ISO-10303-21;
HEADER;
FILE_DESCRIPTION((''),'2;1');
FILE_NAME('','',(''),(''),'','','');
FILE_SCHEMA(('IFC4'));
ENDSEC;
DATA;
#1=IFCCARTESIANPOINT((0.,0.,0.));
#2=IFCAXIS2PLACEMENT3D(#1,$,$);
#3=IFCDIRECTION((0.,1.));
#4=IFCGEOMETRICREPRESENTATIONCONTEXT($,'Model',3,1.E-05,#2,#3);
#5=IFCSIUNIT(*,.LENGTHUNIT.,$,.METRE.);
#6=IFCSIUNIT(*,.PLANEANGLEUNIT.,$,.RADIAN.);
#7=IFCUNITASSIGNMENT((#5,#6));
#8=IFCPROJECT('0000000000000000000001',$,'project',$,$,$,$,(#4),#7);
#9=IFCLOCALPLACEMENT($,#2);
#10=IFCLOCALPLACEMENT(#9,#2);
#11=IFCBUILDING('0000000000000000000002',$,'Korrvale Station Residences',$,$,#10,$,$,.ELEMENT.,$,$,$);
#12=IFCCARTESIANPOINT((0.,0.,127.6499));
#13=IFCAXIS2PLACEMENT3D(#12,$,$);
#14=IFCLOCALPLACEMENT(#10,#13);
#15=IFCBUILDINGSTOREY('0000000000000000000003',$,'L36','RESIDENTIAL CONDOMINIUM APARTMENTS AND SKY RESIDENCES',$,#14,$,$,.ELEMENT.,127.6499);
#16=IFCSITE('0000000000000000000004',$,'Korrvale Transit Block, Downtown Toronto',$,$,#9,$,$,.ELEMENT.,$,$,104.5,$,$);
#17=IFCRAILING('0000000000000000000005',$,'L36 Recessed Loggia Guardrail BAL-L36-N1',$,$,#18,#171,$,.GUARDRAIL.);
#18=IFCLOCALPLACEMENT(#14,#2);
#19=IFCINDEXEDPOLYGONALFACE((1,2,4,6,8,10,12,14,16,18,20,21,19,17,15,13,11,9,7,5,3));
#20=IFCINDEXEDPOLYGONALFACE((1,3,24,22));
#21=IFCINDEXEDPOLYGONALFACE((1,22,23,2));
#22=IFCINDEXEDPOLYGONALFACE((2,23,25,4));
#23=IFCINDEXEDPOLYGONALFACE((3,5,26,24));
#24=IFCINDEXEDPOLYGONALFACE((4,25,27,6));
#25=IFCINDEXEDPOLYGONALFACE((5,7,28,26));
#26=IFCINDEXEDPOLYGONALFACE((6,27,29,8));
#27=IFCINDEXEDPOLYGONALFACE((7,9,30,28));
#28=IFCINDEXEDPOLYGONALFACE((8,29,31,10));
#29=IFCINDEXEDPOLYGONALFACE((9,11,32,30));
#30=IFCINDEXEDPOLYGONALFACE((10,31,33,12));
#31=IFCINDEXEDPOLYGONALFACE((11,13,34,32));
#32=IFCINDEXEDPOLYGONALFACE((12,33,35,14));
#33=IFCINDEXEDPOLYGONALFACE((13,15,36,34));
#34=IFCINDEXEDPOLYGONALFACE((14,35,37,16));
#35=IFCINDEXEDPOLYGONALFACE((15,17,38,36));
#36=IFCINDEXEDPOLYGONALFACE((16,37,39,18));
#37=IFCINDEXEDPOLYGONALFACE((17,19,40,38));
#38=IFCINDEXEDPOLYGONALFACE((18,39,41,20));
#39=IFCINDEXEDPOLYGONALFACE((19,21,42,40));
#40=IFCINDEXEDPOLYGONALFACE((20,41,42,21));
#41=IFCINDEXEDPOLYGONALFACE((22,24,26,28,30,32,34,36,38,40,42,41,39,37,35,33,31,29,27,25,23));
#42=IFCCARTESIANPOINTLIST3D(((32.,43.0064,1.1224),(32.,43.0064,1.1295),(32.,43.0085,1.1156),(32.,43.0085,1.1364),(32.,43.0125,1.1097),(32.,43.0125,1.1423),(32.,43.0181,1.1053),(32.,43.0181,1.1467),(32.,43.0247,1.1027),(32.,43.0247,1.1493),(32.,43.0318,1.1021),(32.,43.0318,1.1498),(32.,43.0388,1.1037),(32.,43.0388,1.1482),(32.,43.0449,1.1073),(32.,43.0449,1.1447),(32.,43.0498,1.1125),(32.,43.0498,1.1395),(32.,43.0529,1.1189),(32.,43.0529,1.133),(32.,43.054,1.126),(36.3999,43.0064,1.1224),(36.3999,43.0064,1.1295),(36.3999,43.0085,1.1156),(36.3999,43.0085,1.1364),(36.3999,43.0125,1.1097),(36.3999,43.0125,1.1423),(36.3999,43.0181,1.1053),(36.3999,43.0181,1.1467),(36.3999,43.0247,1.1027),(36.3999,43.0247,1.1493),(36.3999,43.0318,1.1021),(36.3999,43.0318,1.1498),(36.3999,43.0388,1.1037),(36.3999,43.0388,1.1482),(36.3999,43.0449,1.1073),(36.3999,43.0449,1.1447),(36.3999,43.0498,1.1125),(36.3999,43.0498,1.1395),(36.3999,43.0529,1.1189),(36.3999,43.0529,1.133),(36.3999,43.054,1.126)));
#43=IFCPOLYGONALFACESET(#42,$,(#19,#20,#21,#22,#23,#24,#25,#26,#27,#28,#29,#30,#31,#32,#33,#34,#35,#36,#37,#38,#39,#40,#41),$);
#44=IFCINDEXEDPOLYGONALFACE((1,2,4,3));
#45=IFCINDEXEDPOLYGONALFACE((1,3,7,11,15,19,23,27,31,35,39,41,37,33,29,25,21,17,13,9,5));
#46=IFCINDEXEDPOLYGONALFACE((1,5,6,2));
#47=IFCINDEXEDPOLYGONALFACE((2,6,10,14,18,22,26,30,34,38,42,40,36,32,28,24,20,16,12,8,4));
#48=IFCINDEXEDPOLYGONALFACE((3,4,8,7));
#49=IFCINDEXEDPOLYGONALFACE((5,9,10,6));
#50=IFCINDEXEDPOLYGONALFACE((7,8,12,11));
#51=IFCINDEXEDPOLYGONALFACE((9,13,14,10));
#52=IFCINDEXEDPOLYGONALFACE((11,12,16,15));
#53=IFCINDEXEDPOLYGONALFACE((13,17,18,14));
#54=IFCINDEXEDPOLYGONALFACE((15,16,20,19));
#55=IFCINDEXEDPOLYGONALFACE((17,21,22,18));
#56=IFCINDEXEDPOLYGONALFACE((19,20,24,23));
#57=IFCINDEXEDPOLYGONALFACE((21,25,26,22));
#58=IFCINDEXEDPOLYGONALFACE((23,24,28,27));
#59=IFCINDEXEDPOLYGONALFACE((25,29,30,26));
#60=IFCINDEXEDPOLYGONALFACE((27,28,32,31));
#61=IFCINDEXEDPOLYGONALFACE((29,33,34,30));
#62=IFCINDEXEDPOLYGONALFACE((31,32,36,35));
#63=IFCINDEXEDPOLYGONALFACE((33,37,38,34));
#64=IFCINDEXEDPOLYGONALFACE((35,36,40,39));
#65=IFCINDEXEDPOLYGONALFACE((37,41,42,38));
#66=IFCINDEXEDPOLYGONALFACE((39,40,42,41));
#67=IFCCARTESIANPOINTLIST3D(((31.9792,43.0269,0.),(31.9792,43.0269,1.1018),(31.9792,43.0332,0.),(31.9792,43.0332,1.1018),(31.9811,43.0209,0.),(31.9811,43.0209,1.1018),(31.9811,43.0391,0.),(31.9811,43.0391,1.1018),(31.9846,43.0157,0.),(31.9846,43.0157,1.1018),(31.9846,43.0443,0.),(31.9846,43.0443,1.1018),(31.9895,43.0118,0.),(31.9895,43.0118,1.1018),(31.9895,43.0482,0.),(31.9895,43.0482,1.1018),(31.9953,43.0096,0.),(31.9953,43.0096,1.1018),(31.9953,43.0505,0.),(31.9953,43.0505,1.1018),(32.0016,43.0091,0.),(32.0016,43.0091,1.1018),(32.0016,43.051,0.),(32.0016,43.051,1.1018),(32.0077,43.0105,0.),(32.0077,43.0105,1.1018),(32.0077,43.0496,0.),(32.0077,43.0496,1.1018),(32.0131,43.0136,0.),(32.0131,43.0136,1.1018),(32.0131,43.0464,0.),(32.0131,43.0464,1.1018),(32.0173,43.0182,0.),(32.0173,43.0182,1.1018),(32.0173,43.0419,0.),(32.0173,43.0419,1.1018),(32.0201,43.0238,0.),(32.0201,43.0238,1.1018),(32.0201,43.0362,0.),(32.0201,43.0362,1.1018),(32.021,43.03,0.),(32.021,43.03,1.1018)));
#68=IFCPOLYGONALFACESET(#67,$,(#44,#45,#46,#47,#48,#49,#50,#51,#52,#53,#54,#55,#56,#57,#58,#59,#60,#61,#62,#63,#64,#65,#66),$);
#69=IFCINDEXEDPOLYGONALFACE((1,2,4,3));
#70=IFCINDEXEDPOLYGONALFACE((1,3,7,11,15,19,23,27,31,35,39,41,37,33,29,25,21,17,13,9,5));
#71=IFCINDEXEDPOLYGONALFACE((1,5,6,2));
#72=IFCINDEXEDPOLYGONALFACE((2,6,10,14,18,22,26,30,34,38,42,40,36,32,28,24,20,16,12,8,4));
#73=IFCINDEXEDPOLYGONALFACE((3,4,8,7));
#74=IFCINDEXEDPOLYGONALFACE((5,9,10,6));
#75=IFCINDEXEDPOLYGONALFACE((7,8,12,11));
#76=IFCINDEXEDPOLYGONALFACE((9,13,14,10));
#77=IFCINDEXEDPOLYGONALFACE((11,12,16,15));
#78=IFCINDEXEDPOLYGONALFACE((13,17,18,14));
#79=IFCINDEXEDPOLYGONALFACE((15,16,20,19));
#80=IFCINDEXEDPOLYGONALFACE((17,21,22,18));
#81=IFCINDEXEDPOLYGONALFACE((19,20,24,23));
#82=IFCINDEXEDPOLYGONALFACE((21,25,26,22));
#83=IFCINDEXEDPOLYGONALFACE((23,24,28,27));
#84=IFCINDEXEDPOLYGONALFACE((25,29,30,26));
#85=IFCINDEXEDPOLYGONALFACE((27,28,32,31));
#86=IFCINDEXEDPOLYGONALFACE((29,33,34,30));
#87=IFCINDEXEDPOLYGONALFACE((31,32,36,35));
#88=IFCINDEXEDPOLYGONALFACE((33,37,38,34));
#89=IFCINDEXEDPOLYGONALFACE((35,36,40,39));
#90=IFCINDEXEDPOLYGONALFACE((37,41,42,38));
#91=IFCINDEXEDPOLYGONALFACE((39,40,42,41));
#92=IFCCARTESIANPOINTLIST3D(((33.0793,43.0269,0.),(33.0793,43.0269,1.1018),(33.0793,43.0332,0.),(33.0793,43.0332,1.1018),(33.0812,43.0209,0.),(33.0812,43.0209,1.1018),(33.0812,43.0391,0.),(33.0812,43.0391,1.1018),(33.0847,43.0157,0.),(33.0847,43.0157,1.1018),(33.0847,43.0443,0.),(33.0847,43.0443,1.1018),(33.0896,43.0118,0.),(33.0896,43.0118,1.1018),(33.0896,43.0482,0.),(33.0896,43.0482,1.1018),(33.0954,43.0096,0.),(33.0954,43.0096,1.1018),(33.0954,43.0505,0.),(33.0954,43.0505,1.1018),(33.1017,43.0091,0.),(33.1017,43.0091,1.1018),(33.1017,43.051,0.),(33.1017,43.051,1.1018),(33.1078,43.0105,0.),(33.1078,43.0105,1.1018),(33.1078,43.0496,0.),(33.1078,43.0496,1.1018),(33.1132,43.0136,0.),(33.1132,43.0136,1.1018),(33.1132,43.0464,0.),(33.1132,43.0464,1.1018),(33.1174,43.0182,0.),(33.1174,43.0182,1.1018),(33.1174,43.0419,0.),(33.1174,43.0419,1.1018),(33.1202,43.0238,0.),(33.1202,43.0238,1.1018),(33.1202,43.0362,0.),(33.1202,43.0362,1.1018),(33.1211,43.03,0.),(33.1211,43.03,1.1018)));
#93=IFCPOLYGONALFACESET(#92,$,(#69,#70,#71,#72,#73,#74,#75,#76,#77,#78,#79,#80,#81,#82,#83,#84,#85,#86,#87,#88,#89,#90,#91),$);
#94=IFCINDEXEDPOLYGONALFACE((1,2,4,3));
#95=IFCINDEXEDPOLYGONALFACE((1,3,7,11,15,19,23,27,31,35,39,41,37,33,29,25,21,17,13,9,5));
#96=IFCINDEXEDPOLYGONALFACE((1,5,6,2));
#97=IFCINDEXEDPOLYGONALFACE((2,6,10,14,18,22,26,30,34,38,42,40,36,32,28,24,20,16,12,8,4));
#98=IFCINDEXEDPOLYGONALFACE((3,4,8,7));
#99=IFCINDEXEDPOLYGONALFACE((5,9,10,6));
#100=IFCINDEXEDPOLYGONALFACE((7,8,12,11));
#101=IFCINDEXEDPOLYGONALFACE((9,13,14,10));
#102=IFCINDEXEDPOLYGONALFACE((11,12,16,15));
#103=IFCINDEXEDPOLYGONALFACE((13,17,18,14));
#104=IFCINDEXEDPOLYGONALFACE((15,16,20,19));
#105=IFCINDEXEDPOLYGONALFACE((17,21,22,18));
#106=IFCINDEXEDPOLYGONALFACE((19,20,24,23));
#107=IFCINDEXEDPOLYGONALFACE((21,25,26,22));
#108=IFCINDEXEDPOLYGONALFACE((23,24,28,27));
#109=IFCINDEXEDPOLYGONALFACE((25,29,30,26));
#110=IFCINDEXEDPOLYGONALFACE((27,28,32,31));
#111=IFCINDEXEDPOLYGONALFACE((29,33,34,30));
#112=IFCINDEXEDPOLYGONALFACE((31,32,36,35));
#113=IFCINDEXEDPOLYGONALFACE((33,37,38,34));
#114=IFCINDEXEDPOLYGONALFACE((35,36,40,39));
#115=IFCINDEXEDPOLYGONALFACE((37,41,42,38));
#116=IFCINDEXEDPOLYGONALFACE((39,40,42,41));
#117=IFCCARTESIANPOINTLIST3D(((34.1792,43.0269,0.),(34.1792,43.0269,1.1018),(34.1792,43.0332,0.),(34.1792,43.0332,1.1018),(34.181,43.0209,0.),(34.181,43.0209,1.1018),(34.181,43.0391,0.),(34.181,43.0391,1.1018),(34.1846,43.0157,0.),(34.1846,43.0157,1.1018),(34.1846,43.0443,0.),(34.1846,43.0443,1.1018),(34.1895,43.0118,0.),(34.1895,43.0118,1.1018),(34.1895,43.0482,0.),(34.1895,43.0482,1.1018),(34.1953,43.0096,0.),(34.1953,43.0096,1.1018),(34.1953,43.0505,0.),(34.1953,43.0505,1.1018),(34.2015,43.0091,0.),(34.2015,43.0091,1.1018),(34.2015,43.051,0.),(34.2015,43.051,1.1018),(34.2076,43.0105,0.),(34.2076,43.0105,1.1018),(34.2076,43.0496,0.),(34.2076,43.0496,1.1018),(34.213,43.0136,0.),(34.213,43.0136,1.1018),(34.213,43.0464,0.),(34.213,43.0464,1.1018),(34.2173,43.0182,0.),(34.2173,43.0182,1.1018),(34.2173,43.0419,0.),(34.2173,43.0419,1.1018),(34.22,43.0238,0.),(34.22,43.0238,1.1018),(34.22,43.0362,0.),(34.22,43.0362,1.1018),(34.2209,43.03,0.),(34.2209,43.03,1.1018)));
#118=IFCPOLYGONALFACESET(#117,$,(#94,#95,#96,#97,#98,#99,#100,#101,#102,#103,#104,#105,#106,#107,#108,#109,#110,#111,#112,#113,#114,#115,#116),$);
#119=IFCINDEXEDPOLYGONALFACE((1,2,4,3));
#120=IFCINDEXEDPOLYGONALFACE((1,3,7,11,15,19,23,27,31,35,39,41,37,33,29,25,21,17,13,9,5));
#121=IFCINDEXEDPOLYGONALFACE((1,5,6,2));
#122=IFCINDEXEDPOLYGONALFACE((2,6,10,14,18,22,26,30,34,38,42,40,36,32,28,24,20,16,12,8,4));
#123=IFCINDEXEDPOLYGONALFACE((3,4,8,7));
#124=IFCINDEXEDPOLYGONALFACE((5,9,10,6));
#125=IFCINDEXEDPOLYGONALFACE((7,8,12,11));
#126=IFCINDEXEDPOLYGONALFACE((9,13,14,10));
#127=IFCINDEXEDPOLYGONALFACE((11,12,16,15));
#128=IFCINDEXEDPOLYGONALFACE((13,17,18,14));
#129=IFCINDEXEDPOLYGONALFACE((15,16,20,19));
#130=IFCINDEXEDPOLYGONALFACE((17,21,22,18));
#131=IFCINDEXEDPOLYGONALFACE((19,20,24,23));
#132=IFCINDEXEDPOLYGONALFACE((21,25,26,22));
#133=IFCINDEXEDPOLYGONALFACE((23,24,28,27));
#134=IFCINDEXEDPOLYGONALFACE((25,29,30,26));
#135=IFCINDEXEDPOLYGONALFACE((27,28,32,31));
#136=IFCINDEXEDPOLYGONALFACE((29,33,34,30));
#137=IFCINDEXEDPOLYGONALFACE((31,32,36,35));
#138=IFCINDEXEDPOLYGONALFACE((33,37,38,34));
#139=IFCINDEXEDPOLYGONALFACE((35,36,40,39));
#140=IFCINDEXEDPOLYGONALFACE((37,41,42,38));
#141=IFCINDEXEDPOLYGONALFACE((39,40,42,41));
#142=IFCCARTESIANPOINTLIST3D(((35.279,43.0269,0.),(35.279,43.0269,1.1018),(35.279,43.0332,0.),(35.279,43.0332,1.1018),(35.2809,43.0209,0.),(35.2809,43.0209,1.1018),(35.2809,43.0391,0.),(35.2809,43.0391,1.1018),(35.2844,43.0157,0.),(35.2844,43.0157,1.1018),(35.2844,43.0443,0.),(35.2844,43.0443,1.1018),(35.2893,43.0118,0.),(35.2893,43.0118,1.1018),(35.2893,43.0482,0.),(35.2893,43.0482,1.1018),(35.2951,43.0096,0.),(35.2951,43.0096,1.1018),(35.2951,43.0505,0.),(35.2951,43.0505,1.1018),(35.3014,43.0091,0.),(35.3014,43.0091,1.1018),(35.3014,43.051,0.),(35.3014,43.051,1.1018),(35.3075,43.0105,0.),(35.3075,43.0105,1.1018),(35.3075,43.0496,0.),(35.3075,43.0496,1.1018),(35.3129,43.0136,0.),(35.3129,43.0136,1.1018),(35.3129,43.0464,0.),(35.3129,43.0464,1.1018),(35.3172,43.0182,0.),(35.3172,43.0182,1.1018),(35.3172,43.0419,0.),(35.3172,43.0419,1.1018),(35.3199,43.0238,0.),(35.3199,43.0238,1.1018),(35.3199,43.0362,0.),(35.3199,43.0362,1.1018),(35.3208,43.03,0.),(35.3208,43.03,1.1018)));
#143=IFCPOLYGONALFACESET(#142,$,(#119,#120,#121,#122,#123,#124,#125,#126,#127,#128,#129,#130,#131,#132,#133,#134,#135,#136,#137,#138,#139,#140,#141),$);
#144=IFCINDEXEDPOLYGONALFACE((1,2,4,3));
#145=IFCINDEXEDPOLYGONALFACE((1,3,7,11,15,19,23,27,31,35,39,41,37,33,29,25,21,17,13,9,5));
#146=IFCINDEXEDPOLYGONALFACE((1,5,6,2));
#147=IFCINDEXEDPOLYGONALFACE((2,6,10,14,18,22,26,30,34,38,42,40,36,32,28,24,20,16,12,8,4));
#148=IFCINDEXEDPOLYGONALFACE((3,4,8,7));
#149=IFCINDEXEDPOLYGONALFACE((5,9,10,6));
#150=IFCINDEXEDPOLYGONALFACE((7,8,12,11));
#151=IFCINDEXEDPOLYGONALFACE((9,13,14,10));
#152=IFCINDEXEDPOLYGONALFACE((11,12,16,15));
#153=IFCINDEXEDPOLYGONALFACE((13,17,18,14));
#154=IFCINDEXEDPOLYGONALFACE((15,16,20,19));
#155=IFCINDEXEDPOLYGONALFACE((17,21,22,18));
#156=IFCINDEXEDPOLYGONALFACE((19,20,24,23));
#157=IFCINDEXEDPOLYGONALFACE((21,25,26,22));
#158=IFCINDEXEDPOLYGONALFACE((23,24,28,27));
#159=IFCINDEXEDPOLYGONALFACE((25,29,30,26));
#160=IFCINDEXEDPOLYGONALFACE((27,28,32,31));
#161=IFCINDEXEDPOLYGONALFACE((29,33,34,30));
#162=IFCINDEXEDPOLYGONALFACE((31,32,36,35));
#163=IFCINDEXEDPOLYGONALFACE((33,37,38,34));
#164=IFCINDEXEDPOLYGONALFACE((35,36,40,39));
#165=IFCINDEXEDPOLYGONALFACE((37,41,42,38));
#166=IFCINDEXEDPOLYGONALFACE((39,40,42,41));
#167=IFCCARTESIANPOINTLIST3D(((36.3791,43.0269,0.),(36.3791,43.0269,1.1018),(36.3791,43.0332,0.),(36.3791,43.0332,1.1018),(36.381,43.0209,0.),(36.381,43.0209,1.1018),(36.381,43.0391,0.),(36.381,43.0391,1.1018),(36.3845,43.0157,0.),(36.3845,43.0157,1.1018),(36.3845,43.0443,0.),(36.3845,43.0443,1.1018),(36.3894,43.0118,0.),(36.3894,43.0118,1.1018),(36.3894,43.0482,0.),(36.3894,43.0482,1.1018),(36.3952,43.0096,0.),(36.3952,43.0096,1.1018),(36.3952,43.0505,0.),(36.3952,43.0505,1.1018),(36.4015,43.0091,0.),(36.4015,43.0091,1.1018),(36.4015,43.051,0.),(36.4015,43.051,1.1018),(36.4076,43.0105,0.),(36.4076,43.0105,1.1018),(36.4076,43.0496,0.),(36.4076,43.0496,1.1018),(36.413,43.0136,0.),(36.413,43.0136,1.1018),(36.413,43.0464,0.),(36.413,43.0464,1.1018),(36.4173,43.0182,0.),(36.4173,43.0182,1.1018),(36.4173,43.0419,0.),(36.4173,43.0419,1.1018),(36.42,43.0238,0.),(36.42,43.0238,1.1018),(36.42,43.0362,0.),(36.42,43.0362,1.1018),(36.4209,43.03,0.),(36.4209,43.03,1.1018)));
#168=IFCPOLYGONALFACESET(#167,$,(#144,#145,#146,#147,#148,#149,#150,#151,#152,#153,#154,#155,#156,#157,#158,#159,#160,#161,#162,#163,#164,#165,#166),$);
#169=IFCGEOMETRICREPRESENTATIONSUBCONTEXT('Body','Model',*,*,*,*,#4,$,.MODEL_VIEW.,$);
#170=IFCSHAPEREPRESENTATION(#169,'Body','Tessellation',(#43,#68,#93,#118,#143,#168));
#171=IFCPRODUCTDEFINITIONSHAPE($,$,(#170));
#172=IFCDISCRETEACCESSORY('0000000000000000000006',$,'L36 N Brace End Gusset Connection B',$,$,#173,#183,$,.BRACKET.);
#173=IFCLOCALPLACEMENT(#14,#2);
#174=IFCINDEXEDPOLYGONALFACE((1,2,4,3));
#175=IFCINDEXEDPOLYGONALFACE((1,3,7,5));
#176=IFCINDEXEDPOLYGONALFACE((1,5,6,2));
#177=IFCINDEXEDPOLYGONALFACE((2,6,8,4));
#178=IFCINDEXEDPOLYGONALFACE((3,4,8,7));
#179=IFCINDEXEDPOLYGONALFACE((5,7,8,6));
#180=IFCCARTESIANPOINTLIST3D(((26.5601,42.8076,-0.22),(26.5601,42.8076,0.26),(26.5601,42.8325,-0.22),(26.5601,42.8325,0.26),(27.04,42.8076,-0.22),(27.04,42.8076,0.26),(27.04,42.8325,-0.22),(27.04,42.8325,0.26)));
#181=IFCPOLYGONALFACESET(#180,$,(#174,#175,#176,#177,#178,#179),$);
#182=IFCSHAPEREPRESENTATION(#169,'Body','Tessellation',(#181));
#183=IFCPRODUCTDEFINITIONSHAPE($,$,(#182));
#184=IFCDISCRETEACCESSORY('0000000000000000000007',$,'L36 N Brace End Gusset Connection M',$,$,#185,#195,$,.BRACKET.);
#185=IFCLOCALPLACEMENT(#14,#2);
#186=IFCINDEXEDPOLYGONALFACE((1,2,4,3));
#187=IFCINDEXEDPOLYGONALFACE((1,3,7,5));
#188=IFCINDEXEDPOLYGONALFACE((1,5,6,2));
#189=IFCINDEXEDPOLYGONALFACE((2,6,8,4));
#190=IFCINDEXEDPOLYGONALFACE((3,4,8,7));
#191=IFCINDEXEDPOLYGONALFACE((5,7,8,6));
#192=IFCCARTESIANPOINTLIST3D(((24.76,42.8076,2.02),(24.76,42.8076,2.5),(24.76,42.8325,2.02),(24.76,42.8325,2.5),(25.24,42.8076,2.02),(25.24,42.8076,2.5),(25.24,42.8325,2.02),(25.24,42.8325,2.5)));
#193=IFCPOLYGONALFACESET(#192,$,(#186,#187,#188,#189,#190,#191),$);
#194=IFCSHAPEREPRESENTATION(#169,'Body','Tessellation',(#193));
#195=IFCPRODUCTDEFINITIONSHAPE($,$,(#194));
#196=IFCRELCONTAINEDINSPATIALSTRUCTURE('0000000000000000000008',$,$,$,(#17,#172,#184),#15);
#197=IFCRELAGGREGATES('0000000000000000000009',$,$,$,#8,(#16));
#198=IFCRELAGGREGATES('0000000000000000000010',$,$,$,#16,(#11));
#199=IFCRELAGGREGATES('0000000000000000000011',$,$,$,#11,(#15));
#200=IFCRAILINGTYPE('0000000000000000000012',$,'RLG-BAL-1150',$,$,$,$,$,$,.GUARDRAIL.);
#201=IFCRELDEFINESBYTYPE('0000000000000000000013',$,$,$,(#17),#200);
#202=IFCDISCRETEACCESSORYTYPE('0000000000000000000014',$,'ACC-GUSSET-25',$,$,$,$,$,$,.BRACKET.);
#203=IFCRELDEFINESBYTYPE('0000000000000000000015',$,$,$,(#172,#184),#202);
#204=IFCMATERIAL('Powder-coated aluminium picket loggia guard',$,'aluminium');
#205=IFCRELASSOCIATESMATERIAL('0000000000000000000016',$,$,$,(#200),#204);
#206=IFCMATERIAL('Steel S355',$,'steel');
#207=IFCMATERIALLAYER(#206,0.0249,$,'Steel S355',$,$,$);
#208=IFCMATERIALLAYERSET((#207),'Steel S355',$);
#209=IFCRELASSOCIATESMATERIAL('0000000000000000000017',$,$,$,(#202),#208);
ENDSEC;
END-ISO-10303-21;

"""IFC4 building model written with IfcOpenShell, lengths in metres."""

from ifc_helpers import new_model, si_unit, direction, frame, origin, origin_2d, place, context, subcontext, project, spatial, rectangle, circle, extrude, material, layer, layer_set, type_object, element, save


model = new_model("IFC4")

# Units and contexts
model_context = context("Model", 3, precision=1e-05, world=origin(), true_north=direction((0.0, 1.0)))
body_context = subcontext(model_context, "Body", "Model", "MODEL_VIEW")
ifc_project = project(units=[si_unit("LENGTHUNIT", "METRE"), si_unit("PLANEANGLEUNIT", "RADIAN")], contexts=[model_context])

# Site, building, storey
site_placement = place(None, origin())
site = spatial("IfcSite", under=ifc_project, at=site_placement, Name="Korrvale Transit Block, Downtown Toronto", CompositionType="ELEMENT", RefElevation=104.5)
building_placement = place(site_placement, origin())
building = spatial("IfcBuilding", under=site, at=building_placement, Name="Korrvale Station Residences", CompositionType="ELEMENT")
storey_placement = place(building_placement, frame((0.0, 0.0, 127.6499)))
storey = spatial("IfcBuildingStorey", under=building, at=storey_placement, Name="L36", Description="RESIDENTIAL CONDOMINIUM APARTMENTS AND SKY RESIDENCES", CompositionType="ELEMENT", Elevation=127.6499)

# Shared definitions
ifc_material_1 = material(Name="Steel S355", Category="steel")

# Railing
ifc_material_2 = material(Name="Powder-coated aluminium picket loggia guard", Category="aluminium")
railing_type = type_object("IfcRailingType", Name="RLG-BAL-1150", PredefinedType="GUARDRAIL", material=ifc_material_2)
railing_placement = place(storey_placement, frame((32.0, 43.03, 0.0)))
element("IfcRailing", 1, at=railing_placement, inside=storey, type_object=railing_type, Name="L36 Recessed Loggia Guardrail BAL-L36-N1", PredefinedType="GUARDRAIL", context=body_context, shape_type="SweptSolid", body=[
    extrude(circle(Radius=0.0239, at=origin_2d()), frame((0.0, 0.0, 1.126), z_axis=(1.0, 0.0, 0.0), x_axis=(0.0, 1.0, 0.0)), (0.0, 0.0, 1.0), 4.3999),
    extrude(circle(Radius=0.021, at=origin_2d()), origin(), (0.0, 0.0, 1.0), 1.1018),
    extrude(circle(Radius=0.021, at=origin_2d()), frame((1.1001, 0.0, 0.0)), (0.0, 0.0, 1.0), 1.1018),
    extrude(circle(Radius=0.021, at=origin_2d()), frame((2.2, 0.0, 0.0)), (0.0, 0.0, 1.0), 1.1018),
    extrude(circle(Radius=0.021, at=origin_2d()), frame((3.2998, 0.0, 0.0)), (0.0, 0.0, 1.0), 1.1018),
    extrude(circle(Radius=0.021, at=origin_2d()), frame((4.3999, 0.0, 0.0)), (0.0, 0.0, 1.0), 1.1018),
])

# Discrete accessories
ifc_layer_1 = layer(ifc_material_1, 0.0249, Name="Steel S355")
ifc_layer_set_1 = layer_set([ifc_layer_1], Name="Steel S355")
discrete_accessory_type = type_object("IfcDiscreteAccessoryType", Name="ACC-GUSSET-25", PredefinedType="BRACKET", material=ifc_layer_set_1)
for number, where, z_axis, x_axis, name in (
    (2, (26.8, 42.8201, -0.22), (0.0, 0.0, 1.0), (1.0, 0.0, 0.0), "L36 N Brace End Gusset Connection B"),
    (3, (25.0, 42.8201, 2.02), (0.0, 0.0, 1.0), (1.0, 0.0, 0.0), "L36 N Brace End Gusset Connection M"),
):
    element("IfcDiscreteAccessory", number, at=place(storey_placement, frame(where, z_axis=z_axis, x_axis=x_axis)), inside=storey, type_object=discrete_accessory_type, Name=name, PredefinedType="BRACKET", context=body_context, shape_type="SweptSolid", body=[
        extrude(rectangle(XDim=0.48, YDim=0.0249, at=origin_2d()), origin(), (0.0, 0.0, 1.0), 0.48),
    ])

save(model, "model.ifc")
